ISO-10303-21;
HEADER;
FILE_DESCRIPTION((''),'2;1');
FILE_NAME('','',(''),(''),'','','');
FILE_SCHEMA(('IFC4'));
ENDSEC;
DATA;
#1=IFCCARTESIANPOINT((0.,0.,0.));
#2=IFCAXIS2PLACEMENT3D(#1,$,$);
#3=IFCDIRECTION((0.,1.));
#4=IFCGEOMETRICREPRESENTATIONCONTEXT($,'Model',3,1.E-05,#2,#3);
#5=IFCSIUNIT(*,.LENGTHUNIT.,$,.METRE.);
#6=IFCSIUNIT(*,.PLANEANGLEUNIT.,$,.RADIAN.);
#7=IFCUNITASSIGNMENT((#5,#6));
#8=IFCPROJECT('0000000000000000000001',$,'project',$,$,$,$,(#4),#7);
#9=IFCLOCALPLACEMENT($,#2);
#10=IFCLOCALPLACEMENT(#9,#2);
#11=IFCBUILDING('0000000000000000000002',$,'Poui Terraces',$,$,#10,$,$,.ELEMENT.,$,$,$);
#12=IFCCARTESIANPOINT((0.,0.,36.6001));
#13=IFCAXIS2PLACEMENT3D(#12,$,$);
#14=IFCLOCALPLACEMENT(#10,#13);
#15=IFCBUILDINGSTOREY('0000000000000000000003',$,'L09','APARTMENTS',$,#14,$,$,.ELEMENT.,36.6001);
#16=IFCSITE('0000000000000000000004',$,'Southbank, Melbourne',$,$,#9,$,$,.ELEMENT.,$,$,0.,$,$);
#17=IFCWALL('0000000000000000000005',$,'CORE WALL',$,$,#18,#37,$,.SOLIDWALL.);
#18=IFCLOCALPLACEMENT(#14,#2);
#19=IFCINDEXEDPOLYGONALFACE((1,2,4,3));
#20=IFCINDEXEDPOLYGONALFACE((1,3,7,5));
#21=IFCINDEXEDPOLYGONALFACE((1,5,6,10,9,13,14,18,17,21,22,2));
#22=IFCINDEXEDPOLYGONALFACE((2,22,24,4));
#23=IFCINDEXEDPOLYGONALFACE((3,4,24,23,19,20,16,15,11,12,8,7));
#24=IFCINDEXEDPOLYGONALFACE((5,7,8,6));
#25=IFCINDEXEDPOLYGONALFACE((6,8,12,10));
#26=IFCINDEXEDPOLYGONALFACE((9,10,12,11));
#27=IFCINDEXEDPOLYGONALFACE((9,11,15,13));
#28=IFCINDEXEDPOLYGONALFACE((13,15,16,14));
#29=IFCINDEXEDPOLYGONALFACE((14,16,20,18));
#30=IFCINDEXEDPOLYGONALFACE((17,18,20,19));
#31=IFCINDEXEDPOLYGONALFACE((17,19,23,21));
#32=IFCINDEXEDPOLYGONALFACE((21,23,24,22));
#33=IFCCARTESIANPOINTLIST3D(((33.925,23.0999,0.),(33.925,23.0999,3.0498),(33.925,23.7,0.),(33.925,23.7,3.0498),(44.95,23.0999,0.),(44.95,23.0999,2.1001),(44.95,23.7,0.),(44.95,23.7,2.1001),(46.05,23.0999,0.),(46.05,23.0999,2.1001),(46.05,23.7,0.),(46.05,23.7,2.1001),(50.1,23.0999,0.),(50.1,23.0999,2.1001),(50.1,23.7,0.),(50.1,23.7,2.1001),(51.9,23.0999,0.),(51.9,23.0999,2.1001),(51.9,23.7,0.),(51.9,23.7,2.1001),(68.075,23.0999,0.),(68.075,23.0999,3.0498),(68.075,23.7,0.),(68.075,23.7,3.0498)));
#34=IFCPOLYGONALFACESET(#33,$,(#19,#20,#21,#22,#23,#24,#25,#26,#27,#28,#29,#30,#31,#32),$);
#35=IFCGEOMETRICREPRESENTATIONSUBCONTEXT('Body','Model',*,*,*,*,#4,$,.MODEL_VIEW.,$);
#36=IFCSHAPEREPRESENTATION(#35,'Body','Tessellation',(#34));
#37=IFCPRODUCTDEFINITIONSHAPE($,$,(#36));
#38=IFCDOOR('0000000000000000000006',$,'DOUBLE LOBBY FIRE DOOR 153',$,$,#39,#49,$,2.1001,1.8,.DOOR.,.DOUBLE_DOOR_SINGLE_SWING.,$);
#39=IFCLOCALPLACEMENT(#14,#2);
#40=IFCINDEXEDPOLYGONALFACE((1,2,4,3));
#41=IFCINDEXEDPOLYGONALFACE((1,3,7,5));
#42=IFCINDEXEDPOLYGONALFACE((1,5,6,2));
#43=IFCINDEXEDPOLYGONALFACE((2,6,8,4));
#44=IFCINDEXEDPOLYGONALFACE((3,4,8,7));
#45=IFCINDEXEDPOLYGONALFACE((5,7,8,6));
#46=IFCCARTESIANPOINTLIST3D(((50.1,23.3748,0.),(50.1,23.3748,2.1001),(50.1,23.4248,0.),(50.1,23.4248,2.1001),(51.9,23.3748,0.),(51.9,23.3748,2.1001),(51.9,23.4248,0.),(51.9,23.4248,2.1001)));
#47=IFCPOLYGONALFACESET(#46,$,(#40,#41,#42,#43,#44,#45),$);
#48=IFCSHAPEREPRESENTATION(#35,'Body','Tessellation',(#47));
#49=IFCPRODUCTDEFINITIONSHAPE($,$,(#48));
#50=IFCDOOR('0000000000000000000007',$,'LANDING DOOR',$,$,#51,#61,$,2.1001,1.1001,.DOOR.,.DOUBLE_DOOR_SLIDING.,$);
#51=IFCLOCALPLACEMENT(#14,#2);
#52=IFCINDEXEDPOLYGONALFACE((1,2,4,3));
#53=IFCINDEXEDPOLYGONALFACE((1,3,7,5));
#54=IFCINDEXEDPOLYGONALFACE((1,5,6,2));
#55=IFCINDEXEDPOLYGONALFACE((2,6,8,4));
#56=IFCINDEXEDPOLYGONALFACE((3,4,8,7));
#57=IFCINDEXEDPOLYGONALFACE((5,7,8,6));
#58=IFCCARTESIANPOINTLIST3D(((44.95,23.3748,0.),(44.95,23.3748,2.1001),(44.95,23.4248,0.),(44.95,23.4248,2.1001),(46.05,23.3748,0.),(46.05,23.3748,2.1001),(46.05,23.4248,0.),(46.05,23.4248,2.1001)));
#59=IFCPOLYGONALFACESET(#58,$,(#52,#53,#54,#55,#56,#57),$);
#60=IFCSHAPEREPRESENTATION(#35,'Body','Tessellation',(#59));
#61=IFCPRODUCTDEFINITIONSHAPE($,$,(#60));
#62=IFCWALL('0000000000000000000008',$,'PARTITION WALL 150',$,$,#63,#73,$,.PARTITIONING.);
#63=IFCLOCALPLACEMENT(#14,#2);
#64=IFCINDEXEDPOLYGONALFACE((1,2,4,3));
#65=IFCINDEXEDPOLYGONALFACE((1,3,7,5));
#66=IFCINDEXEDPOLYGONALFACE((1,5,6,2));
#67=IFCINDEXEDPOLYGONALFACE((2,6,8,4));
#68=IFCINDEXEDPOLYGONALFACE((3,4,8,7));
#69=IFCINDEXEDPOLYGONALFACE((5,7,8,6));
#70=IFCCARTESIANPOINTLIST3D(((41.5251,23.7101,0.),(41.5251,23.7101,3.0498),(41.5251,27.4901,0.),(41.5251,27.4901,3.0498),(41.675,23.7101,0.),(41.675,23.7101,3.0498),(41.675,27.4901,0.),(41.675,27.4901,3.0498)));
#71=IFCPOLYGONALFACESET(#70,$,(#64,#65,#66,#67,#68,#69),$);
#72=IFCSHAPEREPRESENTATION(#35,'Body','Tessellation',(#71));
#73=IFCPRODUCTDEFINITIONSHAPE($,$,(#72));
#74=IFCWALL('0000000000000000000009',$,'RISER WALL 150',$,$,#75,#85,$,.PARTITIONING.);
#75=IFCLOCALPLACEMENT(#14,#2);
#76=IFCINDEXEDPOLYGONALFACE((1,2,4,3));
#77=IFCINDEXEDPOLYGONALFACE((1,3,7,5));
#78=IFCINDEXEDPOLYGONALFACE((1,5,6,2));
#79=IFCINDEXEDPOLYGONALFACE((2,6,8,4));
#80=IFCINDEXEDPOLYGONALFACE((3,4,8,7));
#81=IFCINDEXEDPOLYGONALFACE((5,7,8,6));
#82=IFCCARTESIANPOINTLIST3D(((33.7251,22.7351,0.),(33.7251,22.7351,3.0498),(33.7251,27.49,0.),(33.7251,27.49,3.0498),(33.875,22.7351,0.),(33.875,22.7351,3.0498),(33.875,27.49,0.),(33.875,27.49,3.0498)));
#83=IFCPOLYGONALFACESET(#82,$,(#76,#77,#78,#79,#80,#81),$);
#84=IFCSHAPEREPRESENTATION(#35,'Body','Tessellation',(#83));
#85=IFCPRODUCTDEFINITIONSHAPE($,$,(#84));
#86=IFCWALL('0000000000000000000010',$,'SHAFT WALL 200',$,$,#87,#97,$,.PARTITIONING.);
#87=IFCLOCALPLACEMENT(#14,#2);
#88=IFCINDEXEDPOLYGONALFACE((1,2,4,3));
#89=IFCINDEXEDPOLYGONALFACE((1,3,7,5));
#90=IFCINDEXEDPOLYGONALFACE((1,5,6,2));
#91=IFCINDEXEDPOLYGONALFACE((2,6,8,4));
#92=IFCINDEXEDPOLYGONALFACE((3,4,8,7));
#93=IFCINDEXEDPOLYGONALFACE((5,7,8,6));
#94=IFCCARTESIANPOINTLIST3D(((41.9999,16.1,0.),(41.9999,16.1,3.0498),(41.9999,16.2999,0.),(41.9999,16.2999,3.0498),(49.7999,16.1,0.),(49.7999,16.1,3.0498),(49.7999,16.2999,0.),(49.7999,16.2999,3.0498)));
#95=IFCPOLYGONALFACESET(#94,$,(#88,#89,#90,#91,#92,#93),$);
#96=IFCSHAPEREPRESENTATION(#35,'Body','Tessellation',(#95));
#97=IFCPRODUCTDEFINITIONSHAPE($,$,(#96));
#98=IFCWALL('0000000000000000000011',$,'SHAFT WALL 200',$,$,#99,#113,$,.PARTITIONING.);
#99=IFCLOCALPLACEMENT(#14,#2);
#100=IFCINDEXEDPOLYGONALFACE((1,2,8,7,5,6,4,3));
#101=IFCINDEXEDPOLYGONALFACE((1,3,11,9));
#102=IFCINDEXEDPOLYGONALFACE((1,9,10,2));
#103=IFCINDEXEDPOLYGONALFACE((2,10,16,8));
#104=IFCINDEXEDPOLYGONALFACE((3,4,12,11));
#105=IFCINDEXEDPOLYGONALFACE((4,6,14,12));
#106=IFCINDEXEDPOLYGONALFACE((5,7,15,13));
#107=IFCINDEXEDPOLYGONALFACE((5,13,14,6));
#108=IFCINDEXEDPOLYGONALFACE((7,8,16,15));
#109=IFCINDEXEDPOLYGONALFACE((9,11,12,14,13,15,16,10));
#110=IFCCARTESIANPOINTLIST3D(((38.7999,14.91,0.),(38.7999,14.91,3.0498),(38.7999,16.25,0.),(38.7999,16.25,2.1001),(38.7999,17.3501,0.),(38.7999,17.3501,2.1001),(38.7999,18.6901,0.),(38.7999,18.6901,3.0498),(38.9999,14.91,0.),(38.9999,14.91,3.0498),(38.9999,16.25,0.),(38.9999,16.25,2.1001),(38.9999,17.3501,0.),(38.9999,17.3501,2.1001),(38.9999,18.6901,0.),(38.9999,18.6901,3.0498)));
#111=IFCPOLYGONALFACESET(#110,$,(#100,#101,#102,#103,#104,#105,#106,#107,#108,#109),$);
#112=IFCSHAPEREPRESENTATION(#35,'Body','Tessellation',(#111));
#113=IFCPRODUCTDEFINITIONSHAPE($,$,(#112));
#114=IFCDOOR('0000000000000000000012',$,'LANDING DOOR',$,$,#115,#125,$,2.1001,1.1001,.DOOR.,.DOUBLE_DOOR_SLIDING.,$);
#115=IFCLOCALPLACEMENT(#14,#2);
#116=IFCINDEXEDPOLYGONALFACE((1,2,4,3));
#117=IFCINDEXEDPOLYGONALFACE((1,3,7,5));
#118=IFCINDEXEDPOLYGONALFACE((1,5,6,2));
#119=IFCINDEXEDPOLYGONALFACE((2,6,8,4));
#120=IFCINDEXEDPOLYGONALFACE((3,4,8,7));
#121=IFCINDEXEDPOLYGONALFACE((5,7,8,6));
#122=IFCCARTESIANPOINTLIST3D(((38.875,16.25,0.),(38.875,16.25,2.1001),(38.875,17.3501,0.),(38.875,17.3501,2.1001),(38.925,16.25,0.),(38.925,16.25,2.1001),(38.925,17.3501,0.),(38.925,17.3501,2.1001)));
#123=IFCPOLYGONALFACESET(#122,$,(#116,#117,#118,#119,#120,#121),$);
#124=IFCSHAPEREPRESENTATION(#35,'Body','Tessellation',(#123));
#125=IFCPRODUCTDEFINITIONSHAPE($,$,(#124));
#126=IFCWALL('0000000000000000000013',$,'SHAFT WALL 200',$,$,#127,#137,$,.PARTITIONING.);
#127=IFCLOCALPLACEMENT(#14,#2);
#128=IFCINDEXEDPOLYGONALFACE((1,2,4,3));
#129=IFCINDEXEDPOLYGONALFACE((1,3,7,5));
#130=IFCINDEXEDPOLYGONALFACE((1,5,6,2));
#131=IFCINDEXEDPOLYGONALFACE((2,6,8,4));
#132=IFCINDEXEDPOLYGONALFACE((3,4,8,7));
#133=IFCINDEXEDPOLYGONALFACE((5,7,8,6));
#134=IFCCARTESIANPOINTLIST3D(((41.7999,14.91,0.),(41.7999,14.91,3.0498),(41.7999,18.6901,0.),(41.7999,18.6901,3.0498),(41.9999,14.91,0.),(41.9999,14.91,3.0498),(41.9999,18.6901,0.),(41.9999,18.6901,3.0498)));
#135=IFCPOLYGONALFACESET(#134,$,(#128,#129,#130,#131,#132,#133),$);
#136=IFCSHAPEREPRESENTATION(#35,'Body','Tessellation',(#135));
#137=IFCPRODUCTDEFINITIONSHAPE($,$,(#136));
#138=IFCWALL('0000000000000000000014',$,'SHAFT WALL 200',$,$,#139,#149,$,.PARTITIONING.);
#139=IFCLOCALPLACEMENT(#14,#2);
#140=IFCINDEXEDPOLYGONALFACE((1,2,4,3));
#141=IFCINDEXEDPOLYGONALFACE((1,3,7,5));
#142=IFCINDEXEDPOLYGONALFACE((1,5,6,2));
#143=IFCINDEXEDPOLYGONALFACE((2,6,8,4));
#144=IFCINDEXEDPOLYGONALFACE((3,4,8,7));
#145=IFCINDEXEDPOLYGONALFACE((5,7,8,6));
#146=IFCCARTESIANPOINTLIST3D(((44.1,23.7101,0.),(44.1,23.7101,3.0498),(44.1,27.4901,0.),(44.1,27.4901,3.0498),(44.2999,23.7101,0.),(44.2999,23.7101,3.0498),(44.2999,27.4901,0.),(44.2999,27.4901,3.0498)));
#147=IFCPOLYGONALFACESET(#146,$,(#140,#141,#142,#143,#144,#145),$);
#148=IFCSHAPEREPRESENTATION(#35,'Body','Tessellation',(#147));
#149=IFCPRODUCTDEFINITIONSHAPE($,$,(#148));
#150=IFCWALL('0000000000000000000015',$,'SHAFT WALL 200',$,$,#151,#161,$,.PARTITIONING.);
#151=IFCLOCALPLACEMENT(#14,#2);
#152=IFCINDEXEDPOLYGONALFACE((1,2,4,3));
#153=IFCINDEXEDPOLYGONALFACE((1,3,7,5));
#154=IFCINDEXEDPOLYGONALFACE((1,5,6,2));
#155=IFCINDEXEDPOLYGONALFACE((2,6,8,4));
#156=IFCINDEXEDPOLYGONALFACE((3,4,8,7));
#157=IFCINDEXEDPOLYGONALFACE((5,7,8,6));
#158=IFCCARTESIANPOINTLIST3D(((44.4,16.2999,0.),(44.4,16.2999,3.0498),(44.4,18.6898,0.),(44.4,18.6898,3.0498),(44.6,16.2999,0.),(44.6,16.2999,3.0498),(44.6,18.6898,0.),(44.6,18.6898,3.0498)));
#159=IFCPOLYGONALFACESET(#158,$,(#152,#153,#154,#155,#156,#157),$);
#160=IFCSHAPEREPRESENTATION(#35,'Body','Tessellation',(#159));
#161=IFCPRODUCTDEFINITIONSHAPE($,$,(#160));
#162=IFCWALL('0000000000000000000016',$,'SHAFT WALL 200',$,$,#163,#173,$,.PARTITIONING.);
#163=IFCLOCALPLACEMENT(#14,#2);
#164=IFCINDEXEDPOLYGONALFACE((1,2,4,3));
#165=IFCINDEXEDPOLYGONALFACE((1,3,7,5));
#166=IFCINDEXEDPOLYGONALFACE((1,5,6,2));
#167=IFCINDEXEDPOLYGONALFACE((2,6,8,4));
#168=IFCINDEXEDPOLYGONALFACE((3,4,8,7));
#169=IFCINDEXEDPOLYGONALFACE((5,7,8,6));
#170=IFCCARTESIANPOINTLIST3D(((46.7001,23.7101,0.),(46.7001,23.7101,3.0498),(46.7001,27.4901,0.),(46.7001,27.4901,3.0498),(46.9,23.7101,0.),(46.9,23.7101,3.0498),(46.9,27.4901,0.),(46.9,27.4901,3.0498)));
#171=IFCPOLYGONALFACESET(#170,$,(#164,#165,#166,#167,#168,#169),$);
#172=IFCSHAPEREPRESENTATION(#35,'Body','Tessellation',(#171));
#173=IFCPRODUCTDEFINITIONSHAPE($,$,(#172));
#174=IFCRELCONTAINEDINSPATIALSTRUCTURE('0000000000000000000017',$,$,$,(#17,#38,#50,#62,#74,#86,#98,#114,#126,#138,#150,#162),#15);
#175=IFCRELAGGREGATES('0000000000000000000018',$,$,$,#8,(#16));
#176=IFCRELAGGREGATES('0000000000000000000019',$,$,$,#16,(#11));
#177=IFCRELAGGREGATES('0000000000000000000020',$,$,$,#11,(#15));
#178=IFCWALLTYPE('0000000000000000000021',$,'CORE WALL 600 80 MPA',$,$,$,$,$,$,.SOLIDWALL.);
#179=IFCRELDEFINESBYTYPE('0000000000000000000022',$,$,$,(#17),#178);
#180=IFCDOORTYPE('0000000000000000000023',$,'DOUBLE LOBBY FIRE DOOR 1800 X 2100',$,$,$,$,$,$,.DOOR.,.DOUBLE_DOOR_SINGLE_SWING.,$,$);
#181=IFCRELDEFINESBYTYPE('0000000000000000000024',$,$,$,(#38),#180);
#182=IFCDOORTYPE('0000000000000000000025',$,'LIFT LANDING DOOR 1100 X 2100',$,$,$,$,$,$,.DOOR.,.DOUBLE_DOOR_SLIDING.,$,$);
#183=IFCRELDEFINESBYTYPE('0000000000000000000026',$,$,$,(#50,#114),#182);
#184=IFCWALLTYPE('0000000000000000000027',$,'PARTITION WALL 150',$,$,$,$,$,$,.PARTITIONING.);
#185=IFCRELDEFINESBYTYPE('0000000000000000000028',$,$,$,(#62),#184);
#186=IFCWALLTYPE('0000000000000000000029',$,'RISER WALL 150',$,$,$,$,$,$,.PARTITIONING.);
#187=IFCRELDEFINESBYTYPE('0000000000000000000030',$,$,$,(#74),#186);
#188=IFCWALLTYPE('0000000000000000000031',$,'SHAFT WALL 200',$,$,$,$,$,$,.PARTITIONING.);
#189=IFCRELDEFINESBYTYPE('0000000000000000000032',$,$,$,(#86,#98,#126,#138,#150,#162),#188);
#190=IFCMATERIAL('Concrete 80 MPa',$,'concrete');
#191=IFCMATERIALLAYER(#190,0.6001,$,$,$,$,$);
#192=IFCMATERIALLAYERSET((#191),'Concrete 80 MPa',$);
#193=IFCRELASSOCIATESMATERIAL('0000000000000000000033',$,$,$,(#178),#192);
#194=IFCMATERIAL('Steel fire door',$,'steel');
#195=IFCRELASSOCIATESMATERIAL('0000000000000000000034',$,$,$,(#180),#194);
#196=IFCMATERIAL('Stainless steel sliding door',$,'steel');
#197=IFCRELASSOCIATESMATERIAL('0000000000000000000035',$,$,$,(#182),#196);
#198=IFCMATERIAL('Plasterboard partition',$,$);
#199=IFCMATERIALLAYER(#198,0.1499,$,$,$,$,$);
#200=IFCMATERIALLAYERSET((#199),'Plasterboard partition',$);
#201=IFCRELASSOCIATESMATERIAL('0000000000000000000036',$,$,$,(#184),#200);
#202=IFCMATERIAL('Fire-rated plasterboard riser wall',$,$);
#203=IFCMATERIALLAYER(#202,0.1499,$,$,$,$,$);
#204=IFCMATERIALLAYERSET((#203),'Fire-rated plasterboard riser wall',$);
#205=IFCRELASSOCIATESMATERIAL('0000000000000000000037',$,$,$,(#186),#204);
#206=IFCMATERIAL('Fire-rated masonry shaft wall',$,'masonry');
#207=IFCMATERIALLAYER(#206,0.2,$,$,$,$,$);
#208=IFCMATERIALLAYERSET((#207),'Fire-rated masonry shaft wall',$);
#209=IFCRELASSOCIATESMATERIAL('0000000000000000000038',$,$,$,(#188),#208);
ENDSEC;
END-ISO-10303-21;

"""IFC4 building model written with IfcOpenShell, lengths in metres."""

from ifc_helpers import new_model, si_unit, direction, frame, frame_2d, origin, place, context, subcontext, project, spatial, rectangle, extrude, material, layer, layer_set, type_object, element, fill, save


model = new_model("IFC4")

# Units and contexts
model_context = context("Model", 3, precision=1e-05, world=origin(), true_north=direction((0.0, 1.0)))
body_context = subcontext(model_context, "Body", "Model", "MODEL_VIEW")
ifc_project = project(units=[si_unit("LENGTHUNIT", "METRE"), si_unit("PLANEANGLEUNIT", "RADIAN")], contexts=[model_context])

# Site, building, storey
site_placement = place(None, origin())
site = spatial("IfcSite", under=ifc_project, at=site_placement, Name="Southbank, Melbourne", CompositionType="ELEMENT", RefElevation=0.0)
building_placement = place(site_placement, origin())
building = spatial("IfcBuilding", under=site, at=building_placement, Name="Poui Terraces", CompositionType="ELEMENT")
storey_placement = place(building_placement, frame((0.0, 0.0, 36.6001)))
storey = spatial("IfcBuildingStorey", under=building, at=storey_placement, Name="L09", Description="APARTMENTS", CompositionType="ELEMENT", Elevation=36.6001)

# Wall, openings, doors
ifc_material_1 = material(Name="Concrete 80 MPa", Category="concrete")
ifc_layer_1 = layer(ifc_material_1, 0.6001)
ifc_layer_set_1 = layer_set([ifc_layer_1], Name="Concrete 80 MPa")
wall_type_1 = type_object("IfcWallType", Name="CORE WALL 600 80 MPA", PredefinedType="SOLIDWALL", material=ifc_layer_set_1)
ifc_material_2 = material(Name="Steel fire door", Category="steel")
door_type_1 = type_object("IfcDoorType", Name="DOUBLE LOBBY FIRE DOOR 1800 X 2100", OperationType="DOUBLE_DOOR_SINGLE_SWING", PredefinedType="DOOR", material=ifc_material_2)
ifc_material_3 = material(Name="Stainless steel sliding door", Category="steel")
door_type_2 = type_object("IfcDoorType", Name="LIFT LANDING DOOR 1100 X 2100", OperationType="DOUBLE_DOOR_SLIDING", PredefinedType="DOOR", material=ifc_material_3)
wall_1_placement = place(storey_placement, frame((33.925, 23.3999, 0.0), z_axis=(0.0, 0.0, 1.0), x_axis=(1.0, 0.0, 0.0)))
wall_1 = element("IfcWall", 1, at=wall_1_placement, inside=storey, type_object=wall_type_1, Name="CORE WALL", PredefinedType="SOLIDWALL", context=body_context, shape_type="SweptSolid", body=[
    extrude(rectangle(XDim=34.1499, YDim=0.6001, at=frame_2d((17.075, 0.0))), origin(), (0.0, 0.0, 1.0), 3.0498),
])
opening_1_placement = place(wall_1_placement, frame((16.175, 0.0, 0.0)))
opening_1 = element("IfcOpeningElement", 2, at=opening_1_placement, cuts=wall_1, PredefinedType="OPENING", context=body_context, shape_type="SweptSolid", body=[
    extrude(rectangle(XDim=1.8, YDim=2.1001, at=frame_2d((0.8999, 1.05))), frame((0.0, 0.3101, 0.0), z_axis=(0.0, -1.0, 0.0), x_axis=(1.0, 0.0, 0.0)), (0.0, 0.0, 1.0), 0.6201),
])
opening_2_placement = place(wall_1_placement, frame((11.0249, 0.0, 0.0)))
opening_2 = element("IfcOpeningElement", 3, at=opening_2_placement, cuts=wall_1, PredefinedType="OPENING", context=body_context, shape_type="SweptSolid", body=[
    extrude(rectangle(XDim=1.1001, YDim=2.1001, at=frame_2d((0.55, 1.05))), frame((0.0, 0.3101, 0.0), z_axis=(0.0, -1.0, 0.0), x_axis=(1.0, 0.0, 0.0)), (0.0, 0.0, 1.0), 0.6201),
])
door_1_placement = place(opening_1_placement, origin())
door_1 = element("IfcDoor", 4, at=door_1_placement, inside=storey, type_object=door_type_1, Name="DOUBLE LOBBY FIRE DOOR 153", OperationType="DOUBLE_DOOR_SINGLE_SWING", OverallHeight=2.1001, OverallWidth=1.8, PredefinedType="DOOR", context=body_context, shape_type="SweptSolid", body=[
    extrude(rectangle(XDim=1.8, YDim=2.1001, at=frame_2d((0.8999, 1.05))), frame((0.0, 0.0249, 0.0), z_axis=(0.0, -1.0, 0.0), x_axis=(1.0, 0.0, 0.0)), (0.0, 0.0, 1.0), 0.05),
])
fill(opening_1, door_1)
door_2_placement = place(opening_2_placement, origin())
door_2 = element("IfcDoor", 5, at=door_2_placement, inside=storey, type_object=door_type_2, Name="LANDING DOOR", OperationType="DOUBLE_DOOR_SLIDING", OverallHeight=2.1001, OverallWidth=1.1001, PredefinedType="DOOR", context=body_context, shape_type="SweptSolid", body=[
    extrude(rectangle(XDim=1.1001, YDim=2.1001, at=frame_2d((0.55, 1.05))), frame((0.0, 0.0249, 0.0), z_axis=(0.0, -1.0, 0.0), x_axis=(1.0, 0.0, 0.0)), (0.0, 0.0, 1.0), 0.05),
])
fill(opening_2, door_2)

# Walls
ifc_material_4 = material(Name="Plasterboard partition")
ifc_layer_2 = layer(ifc_material_4, 0.1499)
ifc_layer_set_2 = layer_set([ifc_layer_2], Name="Plasterboard partition")
wall_type_2 = type_object("IfcWallType", Name="PARTITION WALL 150", PredefinedType="PARTITIONING", material=ifc_layer_set_2)
wall_2_placement = place(storey_placement, frame((41.6001, 23.71, 0.0), z_axis=(0.0, 0.0, 1.0), x_axis=(0.0, 1.0, 0.0)))
element("IfcWall", 6, at=wall_2_placement, inside=storey, type_object=wall_type_2, Name="PARTITION WALL 150", PredefinedType="PARTITIONING", context=body_context, shape_type="SweptSolid", body=[
    extrude(rectangle(XDim=3.78, YDim=0.1499, at=frame_2d((1.8901, 0.0))), origin(), (0.0, 0.0, 1.0), 3.0498),
])
ifc_material_5 = material(Name="Fire-rated plasterboard riser wall")
ifc_layer_3 = layer(ifc_material_5, 0.1499)
ifc_layer_set_3 = layer_set([ifc_layer_3], Name="Fire-rated plasterboard riser wall")
wall_type_3 = type_object("IfcWallType", Name="RISER WALL 150", PredefinedType="PARTITIONING", material=ifc_layer_set_3)
wall_3_placement = place(storey_placement, frame((33.8, 22.7351, 0.0), z_axis=(0.0, 0.0, 1.0), x_axis=(0.0, 1.0, 0.0)))
element("IfcWall", 7, at=wall_3_placement, inside=storey, type_object=wall_type_3, Name="RISER WALL 150", PredefinedType="PARTITIONING", context=body_context, shape_type="SweptSolid", body=[
    extrude(rectangle(XDim=4.7549, YDim=0.1499, at=frame_2d((2.3774, 0.0))), origin(), (0.0, 0.0, 1.0), 3.0498),
])
ifc_material_6 = material(Name="Fire-rated masonry shaft wall", Category="masonry")
ifc_layer_4 = layer(ifc_material_6, 0.2)
ifc_layer_set_4 = layer_set([ifc_layer_4], Name="Fire-rated masonry shaft wall")
wall_type_4 = type_object("IfcWallType", Name="SHAFT WALL 200", PredefinedType="PARTITIONING", material=ifc_layer_set_4)
wall_4_placement = place(storey_placement, frame((42.0, 16.2, 0.0), z_axis=(0.0, 0.0, 1.0), x_axis=(1.0, 0.0, 0.0)))
element("IfcWall", 8, at=wall_4_placement, inside=storey, type_object=wall_type_4, Name="SHAFT WALL 200", PredefinedType="PARTITIONING", context=body_context, shape_type="SweptSolid", body=[
    extrude(rectangle(XDim=7.8, YDim=0.2, at=frame_2d((3.8999, 0.0))), origin(), (0.0, 0.0, 1.0), 3.0498),
])

# Wall, opening, door
wall_5_placement = place(storey_placement, frame((38.8999, 14.9099, 0.0), z_axis=(0.0, 0.0, 1.0), x_axis=(0.0, 1.0, 0.0)))
wall_5 = element("IfcWall", 9, at=wall_5_placement, inside=storey, type_object=wall_type_4, Name="SHAFT WALL 200", PredefinedType="PARTITIONING", context=body_context, shape_type="SweptSolid", body=[
    extrude(rectangle(XDim=3.78, YDim=0.2, at=frame_2d((1.8901, 0.0))), origin(), (0.0, 0.0, 1.0), 3.0498),
])
opening_3_placement = place(wall_5_placement, frame((1.3401, 0.0, 0.0)))
opening_3 = element("IfcOpeningElement", 10, at=opening_3_placement, cuts=wall_5, PredefinedType="OPENING", context=body_context, shape_type="SweptSolid", body=[
    extrude(rectangle(XDim=1.1001, YDim=2.1001, at=frame_2d((0.55, 1.05))), frame((0.0, 0.1099, 0.0), z_axis=(0.0, -1.0, 0.0), x_axis=(1.0, 0.0, 0.0)), (0.0, 0.0, 1.0), 0.22),
])
door_3_placement = place(opening_3_placement, origin())
door_3 = element("IfcDoor", 11, at=door_3_placement, inside=storey, type_object=door_type_2, Name="LANDING DOOR", OperationType="DOUBLE_DOOR_SLIDING", OverallHeight=2.1001, OverallWidth=1.1001, PredefinedType="DOOR", context=body_context, shape_type="SweptSolid", body=[
    extrude(rectangle(XDim=1.1001, YDim=2.1001, at=frame_2d((0.55, 1.05))), frame((0.0, 0.0249, 0.0), z_axis=(0.0, -1.0, 0.0), x_axis=(1.0, 0.0, 0.0)), (0.0, 0.0, 1.0), 0.05),
])
fill(opening_3, door_3)

# Walls
for number, where, z_axis, x_axis, name in (
    (12, (41.8999, 14.9099, 0.0), (0.0, 0.0, 1.0), (0.0, 1.0, 0.0), "SHAFT WALL 200"),
    (13, (44.2, 23.71, 0.0), (0.0, 0.0, 1.0), (0.0, 1.0, 0.0), "SHAFT WALL 200"),
):
    element("IfcWall", number, at=place(storey_placement, frame(where, z_axis=z_axis, x_axis=x_axis)), inside=storey, type_object=wall_type_4, Name=name, PredefinedType="PARTITIONING", context=body_context, shape_type="SweptSolid", body=[
        extrude(rectangle(XDim=3.78, YDim=0.2, at=frame_2d((1.8901, 0.0))), origin(), (0.0, 0.0, 1.0), 3.0498),
    ])
wall_6_placement = place(storey_placement, frame((44.5, 16.3, 0.0), z_axis=(0.0, 0.0, 1.0), x_axis=(0.0, 1.0, 0.0)))
element("IfcWall", 14, at=wall_6_placement, inside=storey, type_object=wall_type_4, Name="SHAFT WALL 200", PredefinedType="PARTITIONING", context=body_context, shape_type="SweptSolid", body=[
    extrude(rectangle(XDim=2.3899, YDim=0.2, at=frame_2d((1.1948, 0.0))), origin(), (0.0, 0.0, 1.0), 3.0498),
])
wall_7_placement = place(storey_placement, frame((46.8, 23.71, 0.0), z_axis=(0.0, 0.0, 1.0), x_axis=(0.0, 1.0, 0.0)))
element("IfcWall", 15, at=wall_7_placement, inside=storey, type_object=wall_type_4, Name="SHAFT WALL 200", PredefinedType="PARTITIONING", context=body_context, shape_type="SweptSolid", body=[
    extrude(rectangle(XDim=3.78, YDim=0.2, at=frame_2d((1.8901, 0.0))), origin(), (0.0, 0.0, 1.0), 3.0498),
])

save(model, "model.ifc")
